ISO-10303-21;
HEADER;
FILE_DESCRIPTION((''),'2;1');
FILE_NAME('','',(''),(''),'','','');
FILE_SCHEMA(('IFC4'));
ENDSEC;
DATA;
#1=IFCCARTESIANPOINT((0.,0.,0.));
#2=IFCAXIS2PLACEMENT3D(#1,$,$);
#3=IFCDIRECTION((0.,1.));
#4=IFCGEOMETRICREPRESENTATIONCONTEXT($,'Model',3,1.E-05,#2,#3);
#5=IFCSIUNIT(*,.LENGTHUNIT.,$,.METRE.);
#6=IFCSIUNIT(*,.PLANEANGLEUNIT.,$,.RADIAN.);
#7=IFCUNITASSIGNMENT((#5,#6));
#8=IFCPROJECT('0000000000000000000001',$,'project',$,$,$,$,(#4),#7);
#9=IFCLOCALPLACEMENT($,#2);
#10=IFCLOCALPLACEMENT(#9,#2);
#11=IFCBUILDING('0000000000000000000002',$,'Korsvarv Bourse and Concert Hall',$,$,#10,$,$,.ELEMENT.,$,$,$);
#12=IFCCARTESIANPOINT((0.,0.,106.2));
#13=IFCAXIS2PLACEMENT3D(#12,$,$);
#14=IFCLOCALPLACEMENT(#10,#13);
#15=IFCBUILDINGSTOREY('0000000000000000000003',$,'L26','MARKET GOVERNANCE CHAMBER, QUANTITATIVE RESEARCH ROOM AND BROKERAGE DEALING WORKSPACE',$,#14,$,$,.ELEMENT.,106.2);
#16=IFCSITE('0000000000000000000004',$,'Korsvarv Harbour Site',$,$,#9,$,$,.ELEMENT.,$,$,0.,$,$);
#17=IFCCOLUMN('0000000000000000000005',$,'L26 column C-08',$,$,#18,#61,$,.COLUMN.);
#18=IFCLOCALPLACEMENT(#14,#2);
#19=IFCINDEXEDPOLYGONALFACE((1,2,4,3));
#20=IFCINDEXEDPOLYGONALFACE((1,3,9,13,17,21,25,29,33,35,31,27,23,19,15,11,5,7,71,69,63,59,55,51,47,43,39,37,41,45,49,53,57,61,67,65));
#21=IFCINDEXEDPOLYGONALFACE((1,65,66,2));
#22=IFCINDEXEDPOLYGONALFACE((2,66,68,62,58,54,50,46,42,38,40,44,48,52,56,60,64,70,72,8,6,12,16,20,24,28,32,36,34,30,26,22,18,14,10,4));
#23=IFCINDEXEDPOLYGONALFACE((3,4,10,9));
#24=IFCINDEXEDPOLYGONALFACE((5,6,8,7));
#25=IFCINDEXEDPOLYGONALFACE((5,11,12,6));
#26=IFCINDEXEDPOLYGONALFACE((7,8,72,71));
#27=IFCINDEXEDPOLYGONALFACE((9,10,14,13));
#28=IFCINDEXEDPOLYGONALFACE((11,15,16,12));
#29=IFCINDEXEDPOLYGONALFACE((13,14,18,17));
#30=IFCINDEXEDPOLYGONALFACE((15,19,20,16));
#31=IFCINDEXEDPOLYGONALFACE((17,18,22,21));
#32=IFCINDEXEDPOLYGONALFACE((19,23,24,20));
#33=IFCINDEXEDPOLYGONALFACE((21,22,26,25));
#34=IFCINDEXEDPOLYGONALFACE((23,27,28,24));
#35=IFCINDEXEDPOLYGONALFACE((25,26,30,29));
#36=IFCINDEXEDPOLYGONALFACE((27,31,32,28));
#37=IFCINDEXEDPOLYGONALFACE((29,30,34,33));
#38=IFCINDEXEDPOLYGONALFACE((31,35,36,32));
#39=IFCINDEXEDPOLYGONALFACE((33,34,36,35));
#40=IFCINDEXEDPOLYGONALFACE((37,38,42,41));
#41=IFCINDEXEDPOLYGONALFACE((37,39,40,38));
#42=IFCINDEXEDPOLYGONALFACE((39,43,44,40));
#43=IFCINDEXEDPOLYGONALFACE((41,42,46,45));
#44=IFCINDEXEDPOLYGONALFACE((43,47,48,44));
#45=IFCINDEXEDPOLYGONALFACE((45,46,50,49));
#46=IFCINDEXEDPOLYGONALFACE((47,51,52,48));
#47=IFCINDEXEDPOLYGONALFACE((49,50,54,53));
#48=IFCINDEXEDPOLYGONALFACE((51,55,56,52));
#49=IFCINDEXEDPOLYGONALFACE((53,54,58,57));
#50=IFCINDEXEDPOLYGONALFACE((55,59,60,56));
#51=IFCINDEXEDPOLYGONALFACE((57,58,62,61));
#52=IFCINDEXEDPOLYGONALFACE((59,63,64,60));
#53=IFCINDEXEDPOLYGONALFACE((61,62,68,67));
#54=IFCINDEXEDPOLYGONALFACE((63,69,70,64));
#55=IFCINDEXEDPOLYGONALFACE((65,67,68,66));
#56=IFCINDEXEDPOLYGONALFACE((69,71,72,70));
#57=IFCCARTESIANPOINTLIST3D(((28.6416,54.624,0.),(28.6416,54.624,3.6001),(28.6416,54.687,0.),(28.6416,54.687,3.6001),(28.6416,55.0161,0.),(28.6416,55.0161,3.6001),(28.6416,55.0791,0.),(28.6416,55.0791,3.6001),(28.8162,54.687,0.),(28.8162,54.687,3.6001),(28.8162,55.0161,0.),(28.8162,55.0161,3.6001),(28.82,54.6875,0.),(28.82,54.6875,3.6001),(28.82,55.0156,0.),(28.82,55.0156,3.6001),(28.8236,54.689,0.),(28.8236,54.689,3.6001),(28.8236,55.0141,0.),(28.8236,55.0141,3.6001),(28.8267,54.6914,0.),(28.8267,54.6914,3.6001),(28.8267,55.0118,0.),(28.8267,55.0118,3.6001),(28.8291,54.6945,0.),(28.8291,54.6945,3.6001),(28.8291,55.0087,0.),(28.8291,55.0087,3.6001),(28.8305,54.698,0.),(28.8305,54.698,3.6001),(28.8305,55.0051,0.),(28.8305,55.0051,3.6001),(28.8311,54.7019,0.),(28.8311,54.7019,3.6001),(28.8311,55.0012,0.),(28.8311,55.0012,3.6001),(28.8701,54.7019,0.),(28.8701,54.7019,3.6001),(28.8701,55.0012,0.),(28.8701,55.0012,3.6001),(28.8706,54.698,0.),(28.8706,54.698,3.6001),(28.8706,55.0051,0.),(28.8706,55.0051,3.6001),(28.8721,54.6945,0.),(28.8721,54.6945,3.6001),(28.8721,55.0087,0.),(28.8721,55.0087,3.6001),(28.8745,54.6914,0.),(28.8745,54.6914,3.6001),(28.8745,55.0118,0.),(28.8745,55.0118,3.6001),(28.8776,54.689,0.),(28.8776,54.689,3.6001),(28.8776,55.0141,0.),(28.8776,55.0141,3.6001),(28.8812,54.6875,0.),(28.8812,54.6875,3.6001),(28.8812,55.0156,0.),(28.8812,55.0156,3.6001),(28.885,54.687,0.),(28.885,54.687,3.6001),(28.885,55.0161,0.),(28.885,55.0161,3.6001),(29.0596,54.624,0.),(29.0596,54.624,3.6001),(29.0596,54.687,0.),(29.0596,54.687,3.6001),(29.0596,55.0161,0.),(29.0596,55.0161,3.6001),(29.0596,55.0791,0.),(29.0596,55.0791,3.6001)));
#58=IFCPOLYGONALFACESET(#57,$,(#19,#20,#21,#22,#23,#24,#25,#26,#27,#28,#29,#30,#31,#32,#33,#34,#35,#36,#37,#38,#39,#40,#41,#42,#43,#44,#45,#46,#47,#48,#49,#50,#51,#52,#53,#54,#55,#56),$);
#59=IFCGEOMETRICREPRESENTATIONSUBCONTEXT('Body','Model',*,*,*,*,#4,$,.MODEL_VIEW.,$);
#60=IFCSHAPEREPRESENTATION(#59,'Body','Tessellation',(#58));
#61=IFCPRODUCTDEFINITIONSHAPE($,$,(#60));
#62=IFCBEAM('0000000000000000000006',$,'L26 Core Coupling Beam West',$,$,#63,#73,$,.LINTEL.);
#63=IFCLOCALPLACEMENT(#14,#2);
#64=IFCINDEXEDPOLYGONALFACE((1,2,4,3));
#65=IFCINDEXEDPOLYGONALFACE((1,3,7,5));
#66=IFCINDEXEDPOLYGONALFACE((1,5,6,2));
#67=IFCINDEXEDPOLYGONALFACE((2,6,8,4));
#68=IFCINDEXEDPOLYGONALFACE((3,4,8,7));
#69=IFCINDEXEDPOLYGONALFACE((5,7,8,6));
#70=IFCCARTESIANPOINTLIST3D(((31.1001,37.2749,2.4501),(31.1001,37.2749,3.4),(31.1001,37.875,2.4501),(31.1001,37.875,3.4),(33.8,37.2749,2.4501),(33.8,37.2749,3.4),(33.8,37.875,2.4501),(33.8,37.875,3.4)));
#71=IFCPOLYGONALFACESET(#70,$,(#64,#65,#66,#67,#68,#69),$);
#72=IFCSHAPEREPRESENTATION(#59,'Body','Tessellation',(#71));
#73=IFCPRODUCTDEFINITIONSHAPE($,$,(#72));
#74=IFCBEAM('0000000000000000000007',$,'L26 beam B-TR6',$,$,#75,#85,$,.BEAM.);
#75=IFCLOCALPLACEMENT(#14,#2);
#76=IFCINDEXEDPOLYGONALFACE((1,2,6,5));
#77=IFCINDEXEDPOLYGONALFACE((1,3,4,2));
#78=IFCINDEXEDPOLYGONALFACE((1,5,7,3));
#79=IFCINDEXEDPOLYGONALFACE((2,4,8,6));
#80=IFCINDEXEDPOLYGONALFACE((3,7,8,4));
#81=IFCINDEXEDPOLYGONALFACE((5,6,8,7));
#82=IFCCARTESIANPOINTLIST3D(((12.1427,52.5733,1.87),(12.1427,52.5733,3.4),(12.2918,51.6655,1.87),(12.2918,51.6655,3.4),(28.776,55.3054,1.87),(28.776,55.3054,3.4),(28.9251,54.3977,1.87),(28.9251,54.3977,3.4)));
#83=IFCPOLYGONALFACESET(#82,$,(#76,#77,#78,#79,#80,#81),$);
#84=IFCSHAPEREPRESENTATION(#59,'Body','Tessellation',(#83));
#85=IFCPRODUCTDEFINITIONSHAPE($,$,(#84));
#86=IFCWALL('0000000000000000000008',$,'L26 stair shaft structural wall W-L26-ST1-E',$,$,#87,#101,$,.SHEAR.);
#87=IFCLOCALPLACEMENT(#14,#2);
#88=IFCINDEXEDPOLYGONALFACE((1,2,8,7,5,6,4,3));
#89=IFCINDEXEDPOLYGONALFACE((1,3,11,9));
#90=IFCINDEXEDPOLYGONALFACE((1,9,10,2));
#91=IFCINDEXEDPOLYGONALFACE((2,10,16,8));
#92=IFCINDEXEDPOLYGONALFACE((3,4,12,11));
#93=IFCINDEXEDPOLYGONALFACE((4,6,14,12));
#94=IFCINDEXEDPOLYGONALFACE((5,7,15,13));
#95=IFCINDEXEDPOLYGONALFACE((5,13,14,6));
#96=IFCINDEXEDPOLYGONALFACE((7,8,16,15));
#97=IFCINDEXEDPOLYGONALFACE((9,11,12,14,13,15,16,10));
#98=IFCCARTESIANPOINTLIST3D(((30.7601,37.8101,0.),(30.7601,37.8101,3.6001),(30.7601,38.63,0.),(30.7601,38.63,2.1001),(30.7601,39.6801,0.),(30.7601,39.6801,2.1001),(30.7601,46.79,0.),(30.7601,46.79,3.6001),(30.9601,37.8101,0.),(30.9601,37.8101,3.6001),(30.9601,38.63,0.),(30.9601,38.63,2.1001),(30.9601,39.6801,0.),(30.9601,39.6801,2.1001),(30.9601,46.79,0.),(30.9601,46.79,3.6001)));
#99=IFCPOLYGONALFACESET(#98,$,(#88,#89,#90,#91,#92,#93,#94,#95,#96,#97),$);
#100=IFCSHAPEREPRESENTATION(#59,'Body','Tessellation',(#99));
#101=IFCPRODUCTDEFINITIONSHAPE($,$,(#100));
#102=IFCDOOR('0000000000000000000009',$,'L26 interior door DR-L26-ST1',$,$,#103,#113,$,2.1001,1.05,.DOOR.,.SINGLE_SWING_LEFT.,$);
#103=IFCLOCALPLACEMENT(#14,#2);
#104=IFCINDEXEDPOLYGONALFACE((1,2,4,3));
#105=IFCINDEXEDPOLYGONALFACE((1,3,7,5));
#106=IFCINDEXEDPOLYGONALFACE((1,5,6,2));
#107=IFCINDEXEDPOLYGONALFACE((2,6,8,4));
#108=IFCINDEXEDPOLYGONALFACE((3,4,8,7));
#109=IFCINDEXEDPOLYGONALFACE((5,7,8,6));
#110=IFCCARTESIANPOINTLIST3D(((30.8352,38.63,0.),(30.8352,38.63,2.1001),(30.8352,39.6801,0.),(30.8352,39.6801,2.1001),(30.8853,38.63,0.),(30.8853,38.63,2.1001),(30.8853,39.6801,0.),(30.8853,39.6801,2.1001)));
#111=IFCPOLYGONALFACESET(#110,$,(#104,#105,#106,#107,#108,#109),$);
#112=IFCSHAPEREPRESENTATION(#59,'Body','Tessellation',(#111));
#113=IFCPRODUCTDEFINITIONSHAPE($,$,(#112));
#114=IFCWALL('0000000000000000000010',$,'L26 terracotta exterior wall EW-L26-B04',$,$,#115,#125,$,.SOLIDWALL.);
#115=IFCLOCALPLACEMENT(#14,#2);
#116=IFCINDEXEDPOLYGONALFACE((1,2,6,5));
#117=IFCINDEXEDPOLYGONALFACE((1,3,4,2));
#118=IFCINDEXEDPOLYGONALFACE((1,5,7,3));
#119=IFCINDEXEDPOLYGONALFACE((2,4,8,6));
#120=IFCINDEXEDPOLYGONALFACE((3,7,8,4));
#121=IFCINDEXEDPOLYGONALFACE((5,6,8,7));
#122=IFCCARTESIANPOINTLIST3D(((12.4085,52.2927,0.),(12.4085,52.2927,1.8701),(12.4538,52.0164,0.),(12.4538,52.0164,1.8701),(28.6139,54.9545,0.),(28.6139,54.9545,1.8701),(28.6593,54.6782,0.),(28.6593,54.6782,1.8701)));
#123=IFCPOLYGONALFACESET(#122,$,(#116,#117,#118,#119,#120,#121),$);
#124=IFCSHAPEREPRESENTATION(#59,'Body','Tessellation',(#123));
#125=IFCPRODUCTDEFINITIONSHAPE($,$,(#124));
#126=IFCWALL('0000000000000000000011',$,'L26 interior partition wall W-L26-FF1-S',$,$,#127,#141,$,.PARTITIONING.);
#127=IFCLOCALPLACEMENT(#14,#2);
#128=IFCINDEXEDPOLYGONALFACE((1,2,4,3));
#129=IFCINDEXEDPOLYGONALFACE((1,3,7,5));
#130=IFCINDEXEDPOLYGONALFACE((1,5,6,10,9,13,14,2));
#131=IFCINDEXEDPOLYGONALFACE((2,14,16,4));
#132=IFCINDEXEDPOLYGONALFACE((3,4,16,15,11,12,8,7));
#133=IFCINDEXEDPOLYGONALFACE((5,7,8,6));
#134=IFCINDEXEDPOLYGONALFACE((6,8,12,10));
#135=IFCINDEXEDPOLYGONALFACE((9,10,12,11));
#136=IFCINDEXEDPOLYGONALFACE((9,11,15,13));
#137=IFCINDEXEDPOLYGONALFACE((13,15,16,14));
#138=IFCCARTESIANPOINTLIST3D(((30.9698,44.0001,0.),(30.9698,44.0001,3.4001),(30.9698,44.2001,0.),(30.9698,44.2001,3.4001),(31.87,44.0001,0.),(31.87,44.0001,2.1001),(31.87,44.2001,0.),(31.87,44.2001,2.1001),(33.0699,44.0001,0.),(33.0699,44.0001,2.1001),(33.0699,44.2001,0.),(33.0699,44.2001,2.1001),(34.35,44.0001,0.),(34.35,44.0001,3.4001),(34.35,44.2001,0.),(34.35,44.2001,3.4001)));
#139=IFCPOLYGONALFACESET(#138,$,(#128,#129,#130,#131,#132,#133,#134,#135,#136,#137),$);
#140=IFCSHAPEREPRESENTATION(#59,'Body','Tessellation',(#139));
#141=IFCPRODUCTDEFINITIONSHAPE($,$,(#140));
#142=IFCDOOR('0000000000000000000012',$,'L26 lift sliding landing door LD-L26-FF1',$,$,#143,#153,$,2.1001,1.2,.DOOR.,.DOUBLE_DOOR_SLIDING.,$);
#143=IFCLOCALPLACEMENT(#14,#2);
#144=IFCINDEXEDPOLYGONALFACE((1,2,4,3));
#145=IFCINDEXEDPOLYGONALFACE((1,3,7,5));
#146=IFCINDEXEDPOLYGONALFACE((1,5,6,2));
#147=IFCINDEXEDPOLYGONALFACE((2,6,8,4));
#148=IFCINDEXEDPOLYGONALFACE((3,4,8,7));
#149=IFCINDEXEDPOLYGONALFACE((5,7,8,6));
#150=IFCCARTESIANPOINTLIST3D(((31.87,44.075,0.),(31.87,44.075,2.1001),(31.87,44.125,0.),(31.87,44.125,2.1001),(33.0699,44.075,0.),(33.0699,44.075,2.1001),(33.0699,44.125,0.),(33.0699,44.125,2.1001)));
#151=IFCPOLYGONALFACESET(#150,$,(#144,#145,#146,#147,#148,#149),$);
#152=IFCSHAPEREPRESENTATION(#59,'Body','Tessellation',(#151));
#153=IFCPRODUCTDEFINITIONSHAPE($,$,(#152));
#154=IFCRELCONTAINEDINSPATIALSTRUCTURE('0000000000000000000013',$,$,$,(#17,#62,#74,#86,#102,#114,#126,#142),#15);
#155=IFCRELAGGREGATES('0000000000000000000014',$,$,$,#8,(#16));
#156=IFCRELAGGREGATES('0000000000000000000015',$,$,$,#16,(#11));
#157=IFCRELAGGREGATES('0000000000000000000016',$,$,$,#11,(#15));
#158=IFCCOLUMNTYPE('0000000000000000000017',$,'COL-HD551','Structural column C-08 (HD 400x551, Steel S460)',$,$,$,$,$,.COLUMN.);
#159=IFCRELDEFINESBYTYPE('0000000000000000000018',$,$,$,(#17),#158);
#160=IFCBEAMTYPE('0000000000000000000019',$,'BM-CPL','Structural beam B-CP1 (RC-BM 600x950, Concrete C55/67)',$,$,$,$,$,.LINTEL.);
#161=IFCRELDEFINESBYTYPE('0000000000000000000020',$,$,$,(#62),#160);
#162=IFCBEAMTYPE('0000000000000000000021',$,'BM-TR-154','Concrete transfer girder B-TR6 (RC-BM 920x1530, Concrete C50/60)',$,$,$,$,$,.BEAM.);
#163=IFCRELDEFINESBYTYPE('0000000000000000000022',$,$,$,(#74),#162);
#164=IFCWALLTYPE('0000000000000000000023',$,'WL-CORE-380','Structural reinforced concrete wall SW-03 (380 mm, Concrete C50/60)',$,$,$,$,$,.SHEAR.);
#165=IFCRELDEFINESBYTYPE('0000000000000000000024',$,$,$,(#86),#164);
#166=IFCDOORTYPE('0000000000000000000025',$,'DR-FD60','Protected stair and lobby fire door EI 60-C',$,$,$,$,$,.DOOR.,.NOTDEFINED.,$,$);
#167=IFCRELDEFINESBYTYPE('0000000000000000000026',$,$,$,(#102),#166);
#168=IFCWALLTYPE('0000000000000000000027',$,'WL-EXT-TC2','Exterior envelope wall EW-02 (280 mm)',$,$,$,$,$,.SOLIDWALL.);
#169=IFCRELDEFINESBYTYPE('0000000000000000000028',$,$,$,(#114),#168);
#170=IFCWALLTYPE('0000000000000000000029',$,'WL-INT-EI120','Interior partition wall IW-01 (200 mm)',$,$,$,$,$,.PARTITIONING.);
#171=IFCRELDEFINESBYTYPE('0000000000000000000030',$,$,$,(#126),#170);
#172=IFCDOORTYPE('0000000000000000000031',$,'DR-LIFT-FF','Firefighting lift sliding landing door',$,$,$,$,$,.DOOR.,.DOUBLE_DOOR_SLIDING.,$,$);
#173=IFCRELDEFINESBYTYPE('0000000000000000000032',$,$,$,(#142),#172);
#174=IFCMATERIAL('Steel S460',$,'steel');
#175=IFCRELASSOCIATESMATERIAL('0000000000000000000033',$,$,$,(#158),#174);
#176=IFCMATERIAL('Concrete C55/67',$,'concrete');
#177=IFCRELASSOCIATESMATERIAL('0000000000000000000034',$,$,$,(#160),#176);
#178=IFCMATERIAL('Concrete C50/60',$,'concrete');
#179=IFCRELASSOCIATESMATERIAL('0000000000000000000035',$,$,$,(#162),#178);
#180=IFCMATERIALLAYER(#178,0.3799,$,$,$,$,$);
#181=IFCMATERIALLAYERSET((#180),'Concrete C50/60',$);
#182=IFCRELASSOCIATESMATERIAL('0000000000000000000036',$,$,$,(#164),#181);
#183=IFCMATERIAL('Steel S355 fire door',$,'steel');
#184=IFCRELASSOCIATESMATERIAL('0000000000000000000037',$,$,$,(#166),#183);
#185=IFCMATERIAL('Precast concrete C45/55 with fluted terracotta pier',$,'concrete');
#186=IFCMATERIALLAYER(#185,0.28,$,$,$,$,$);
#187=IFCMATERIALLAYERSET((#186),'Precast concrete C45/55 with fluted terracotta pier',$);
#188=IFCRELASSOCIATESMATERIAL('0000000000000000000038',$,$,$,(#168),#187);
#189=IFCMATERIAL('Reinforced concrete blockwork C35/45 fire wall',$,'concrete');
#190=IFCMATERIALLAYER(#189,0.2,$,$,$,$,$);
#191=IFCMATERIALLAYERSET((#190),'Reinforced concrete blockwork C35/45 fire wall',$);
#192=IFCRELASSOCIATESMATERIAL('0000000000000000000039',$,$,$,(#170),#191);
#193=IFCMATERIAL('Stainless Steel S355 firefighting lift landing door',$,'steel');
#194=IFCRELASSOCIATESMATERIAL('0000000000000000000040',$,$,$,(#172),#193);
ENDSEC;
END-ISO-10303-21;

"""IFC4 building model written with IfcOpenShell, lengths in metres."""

from ifc_helpers import new_model, si_unit, direction, frame, frame_2d, origin, origin_2d, place, context, subcontext, project, spatial, rectangle, i_section, extrude, source, transform, mapped, material, layer, layer_set, material_profile, profile_set, type_object, element, fill, save


model = new_model("IFC4")

# Units and contexts
model_context = context("Model", 3, precision=1e-05, world=origin(), true_north=direction((0.0, 1.0)))
body_context = subcontext(model_context, "Body", "Model", "MODEL_VIEW")
ifc_project = project(units=[si_unit("LENGTHUNIT", "METRE"), si_unit("PLANEANGLEUNIT", "RADIAN")], contexts=[model_context])

# Site, building, storey
site_placement = place(None, origin())
site = spatial("IfcSite", under=ifc_project, at=site_placement, Name="Korsvarv Harbour Site", CompositionType="ELEMENT", RefElevation=0.0)
building_placement = place(site_placement, origin())
building = spatial("IfcBuilding", under=site, at=building_placement, Name="Korsvarv Bourse and Concert Hall", CompositionType="ELEMENT")
storey_placement = place(building_placement, frame((0.0, 0.0, 106.2)))
storey = spatial("IfcBuildingStorey", under=building, at=storey_placement, Name="L26", Description="MARKET GOVERNANCE CHAMBER, QUANTITATIVE RESEARCH ROOM AND BROKERAGE DEALING WORKSPACE", CompositionType="ELEMENT", Elevation=106.2)

# Column
ifc_material_1 = material(Name="Steel S460", Category="steel")
ifc_material_profile_1 = material_profile(ifc_material_1, i_section(OverallWidth=0.418, OverallDepth=0.4551, WebThickness=0.0391, FlangeThickness=0.063, FilletRadius=0.0149, at=origin_2d()), Name="HD 400x551")
ifc_profile_set_1 = profile_set([ifc_material_profile_1], Name="Steel S460")
column_type = type_object("IfcColumnType", Name="COL-HD551", Description="Structural column C-08 (HD 400x551, Steel S460)", PredefinedType="COLUMN", material=ifc_profile_set_1)
shared_shape_1 = source(origin(), body_context, "Body", "SweptSolid", [
    extrude(i_section(OverallWidth=0.418, OverallDepth=0.4551, WebThickness=0.0391, FlangeThickness=0.063, FilletRadius=0.0149, at=origin_2d()), origin(), (0.0, 0.0, 1.0), 3.6001),
])
column_placement = place(storey_placement, frame((28.8506, 54.8516, 0.0), z_axis=(0.0, 0.0, 1.0), x_axis=(1.0, 0.0, 0.0)))
element("IfcColumn", 1, at=column_placement, inside=storey, type_object=column_type, Name="L26 column C-08", PredefinedType="COLUMN", context=body_context, shape_type="MappedRepresentation", body=[
    mapped(shared_shape_1, transform((0.0, 0.0, 0.0), scale=1.0)),
])

# Beams
ifc_material_2 = material(Name="Concrete C55/67", Category="concrete")
ifc_material_profile_2 = material_profile(ifc_material_2, rectangle(XDim=0.6001, YDim=0.95, at=origin_2d()), Name="RC-BM 600x950")
ifc_profile_set_2 = profile_set([ifc_material_profile_2], Name="Concrete C55/67")
beam_type_1 = type_object("IfcBeamType", Name="BM-CPL", Description="Structural beam B-CP1 (RC-BM 600x950, Concrete C55/67)", PredefinedType="LINTEL", material=ifc_profile_set_2)
shared_shape_2 = source(origin(), body_context, "Body", "SweptSolid", [
    extrude(rectangle(XDim=0.6001, YDim=0.95, at=origin_2d()), origin(), (0.0, 0.0, 1.0), 2.7),
])
beam_1_placement = place(storey_placement, frame((31.1001, 37.575, 2.925), z_axis=(1.0, 0.0, 0.0), x_axis=(0.0, 1.0, 0.0)))
element("IfcBeam", 2, at=beam_1_placement, inside=storey, type_object=beam_type_1, Name="L26 Core Coupling Beam West", PredefinedType="LINTEL", context=body_context, shape_type="MappedRepresentation", body=[
    mapped(shared_shape_2, transform((0.0, 0.0, 0.0), scale=1.0)),
])
ifc_material_3 = material(Name="Concrete C50/60", Category="concrete")
ifc_material_profile_3 = material_profile(ifc_material_3, rectangle(XDim=0.9199, YDim=1.53, at=origin_2d()), Name="RC-BM 920x1530")
ifc_profile_set_3 = profile_set([ifc_material_profile_3], Name="Concrete C50/60")
beam_type_2 = type_object("IfcBeamType", Name="BM-TR-154", Description="Concrete transfer girder B-TR6 (RC-BM 920x1530, Concrete C50/60)", PredefinedType="BEAM", material=ifc_profile_set_3)
shared_shape_3 = source(origin(), body_context, "Body", "SweptSolid", [
    extrude(rectangle(XDim=0.9199, YDim=1.53, at=origin_2d()), origin(), (0.0, 0.0, 1.0), 16.8562),
])
beam_2_placement = place(storey_placement, frame((28.8506, 54.8516, 2.635), z_axis=(-0.986776, -0.162087, 0.0), x_axis=(0.162087, -0.986776, 0.0)))
element("IfcBeam", 3, at=beam_2_placement, inside=storey, type_object=beam_type_2, Name="L26 beam B-TR6", PredefinedType="BEAM", context=body_context, shape_type="MappedRepresentation", body=[
    mapped(shared_shape_3, transform((0.0, 0.0, 0.0), scale=1.0)),
])

# Wall, opening, door
ifc_layer_1 = layer(ifc_material_3, 0.3799)
ifc_layer_set_1 = layer_set([ifc_layer_1], Name="Concrete C50/60")
wall_type_1 = type_object("IfcWallType", Name="WL-CORE-380", Description="Structural reinforced concrete wall SW-03 (380 mm, Concrete C50/60)", PredefinedType="SHEAR", material=ifc_layer_set_1)
wall_1_placement = place(storey_placement, frame((30.8601, 37.8101, 0.0), z_axis=(0.0, 0.0, 1.0), x_axis=(0.0, 1.0, 0.0)))
wall_1 = element("IfcWall", 4, at=wall_1_placement, inside=storey, type_object=wall_type_1, Name="L26 stair shaft structural wall W-L26-ST1-E", PredefinedType="SHEAR", context=body_context, shape_type="SweptSolid", body=[
    extrude(rectangle(XDim=8.98, YDim=0.2, at=frame_2d((4.49, 0.0))), origin(), (0.0, 0.0, 1.0), 3.6001),
])
opening_1_placement = place(wall_1_placement, frame((0.8201, 0.0, 0.0)))
opening_1 = element("IfcOpeningElement", 5, at=opening_1_placement, cuts=wall_1, PredefinedType="OPENING", context=body_context, shape_type="SweptSolid", body=[
    extrude(rectangle(XDim=1.05, YDim=2.1001, at=frame_2d((0.5249, 1.05))), frame((0.0, 0.1099, 0.0), z_axis=(0.0, -1.0, 0.0), x_axis=(1.0, 0.0, 0.0)), (0.0, 0.0, 1.0), 0.22),
])
ifc_material_4 = material(Name="Steel S355 fire door", Category="steel")
door_type_1 = type_object("IfcDoorType", Name="DR-FD60", Description="Protected stair and lobby fire door EI 60-C", OperationType="NOTDEFINED", PredefinedType="DOOR", material=ifc_material_4)
door_1_placement = place(opening_1_placement, origin())
door_1 = element("IfcDoor", 6, at=door_1_placement, inside=storey, type_object=door_type_1, Name="L26 interior door DR-L26-ST1", OperationType="SINGLE_SWING_LEFT", OverallHeight=2.1001, OverallWidth=1.05, PredefinedType="DOOR", context=body_context, shape_type="SweptSolid", body=[
    extrude(rectangle(XDim=1.05, YDim=2.1001, at=frame_2d((0.5249, 1.05))), frame((0.0, 0.0249, 0.0), z_axis=(0.0, -1.0, 0.0), x_axis=(1.0, 0.0, 0.0)), (0.0, 0.0, 1.0), 0.05),
])
fill(opening_1, door_1)

# Wall
ifc_material_5 = material(Name="Precast concrete C45/55 with fluted terracotta pier", Category="concrete")
ifc_layer_2 = layer(ifc_material_5, 0.28)
ifc_layer_set_2 = layer_set([ifc_layer_2], Name="Precast concrete C45/55 with fluted terracotta pier")
wall_type_2 = type_object("IfcWallType", Name="WL-EXT-TC2", Description="Exterior envelope wall EW-02 (280 mm)", PredefinedType="SOLIDWALL", material=ifc_layer_set_2)
wall_2_placement = place(storey_placement, frame((28.6367, 54.8164, 0.0), z_axis=(0.0, 0.0, 1.0), x_axis=(-0.986777, -0.162084, 0.0)))
element("IfcWall", 7, at=wall_2_placement, inside=storey, type_object=wall_type_2, Name="L26 terracotta exterior wall EW-L26-B04", PredefinedType="SOLIDWALL", context=body_context, shape_type="SweptSolid", body=[
    extrude(rectangle(XDim=16.4226, YDim=0.28, at=frame_2d((8.2114, 0.0))), origin(), (0.0, 0.0, 1.0), 1.8701),
])

# Wall, opening, door
ifc_material_6 = material(Name="Reinforced concrete blockwork C35/45 fire wall", Category="concrete")
ifc_layer_3 = layer(ifc_material_6, 0.2)
ifc_layer_set_3 = layer_set([ifc_layer_3], Name="Reinforced concrete blockwork C35/45 fire wall")
wall_type_3 = type_object("IfcWallType", Name="WL-INT-EI120", Description="Interior partition wall IW-01 (200 mm)", PredefinedType="PARTITIONING", material=ifc_layer_set_3)
wall_3_placement = place(storey_placement, frame((30.97, 44.1001, 0.0), z_axis=(0.0, 0.0, 1.0), x_axis=(1.0, 0.0, 0.0)))
wall_3 = element("IfcWall", 8, at=wall_3_placement, inside=storey, type_object=wall_type_3, Name="L26 interior partition wall W-L26-FF1-S", PredefinedType="PARTITIONING", context=body_context, shape_type="SweptSolid", body=[
    extrude(rectangle(XDim=3.3801, YDim=0.2, at=frame_2d((1.6899, 0.0))), origin(), (0.0, 0.0, 1.0), 3.4001),
])
opening_2_placement = place(wall_3_placement, frame((0.8999, 0.0, 0.0)))
opening_2 = element("IfcOpeningElement", 9, at=opening_2_placement, cuts=wall_3, PredefinedType="OPENING", context=body_context, shape_type="SweptSolid", body=[
    extrude(rectangle(XDim=1.2, YDim=2.1001, at=frame_2d((0.6001, 1.05))), frame((0.0, 0.1099, 0.0), z_axis=(0.0, -1.0, 0.0), x_axis=(1.0, 0.0, 0.0)), (0.0, 0.0, 1.0), 0.22),
])
ifc_material_7 = material(Name="Stainless Steel S355 firefighting lift landing door", Category="steel")
door_type_2 = type_object("IfcDoorType", Name="DR-LIFT-FF", Description="Firefighting lift sliding landing door", OperationType="DOUBLE_DOOR_SLIDING", PredefinedType="DOOR", material=ifc_material_7)
door_2_placement = place(opening_2_placement, origin())
door_2 = element("IfcDoor", 10, at=door_2_placement, inside=storey, type_object=door_type_2, Name="L26 lift sliding landing door LD-L26-FF1", OperationType="DOUBLE_DOOR_SLIDING", OverallHeight=2.1001, OverallWidth=1.2, PredefinedType="DOOR", context=body_context, shape_type="SweptSolid", body=[
    extrude(rectangle(XDim=1.2, YDim=2.1001, at=frame_2d((0.6001, 1.05))), frame((0.0, 0.0249, 0.0), z_axis=(0.0, -1.0, 0.0), x_axis=(1.0, 0.0, 0.0)), (0.0, 0.0, 1.0), 0.05),
])
fill(opening_2, door_2)

save(model, "model.ifc")
